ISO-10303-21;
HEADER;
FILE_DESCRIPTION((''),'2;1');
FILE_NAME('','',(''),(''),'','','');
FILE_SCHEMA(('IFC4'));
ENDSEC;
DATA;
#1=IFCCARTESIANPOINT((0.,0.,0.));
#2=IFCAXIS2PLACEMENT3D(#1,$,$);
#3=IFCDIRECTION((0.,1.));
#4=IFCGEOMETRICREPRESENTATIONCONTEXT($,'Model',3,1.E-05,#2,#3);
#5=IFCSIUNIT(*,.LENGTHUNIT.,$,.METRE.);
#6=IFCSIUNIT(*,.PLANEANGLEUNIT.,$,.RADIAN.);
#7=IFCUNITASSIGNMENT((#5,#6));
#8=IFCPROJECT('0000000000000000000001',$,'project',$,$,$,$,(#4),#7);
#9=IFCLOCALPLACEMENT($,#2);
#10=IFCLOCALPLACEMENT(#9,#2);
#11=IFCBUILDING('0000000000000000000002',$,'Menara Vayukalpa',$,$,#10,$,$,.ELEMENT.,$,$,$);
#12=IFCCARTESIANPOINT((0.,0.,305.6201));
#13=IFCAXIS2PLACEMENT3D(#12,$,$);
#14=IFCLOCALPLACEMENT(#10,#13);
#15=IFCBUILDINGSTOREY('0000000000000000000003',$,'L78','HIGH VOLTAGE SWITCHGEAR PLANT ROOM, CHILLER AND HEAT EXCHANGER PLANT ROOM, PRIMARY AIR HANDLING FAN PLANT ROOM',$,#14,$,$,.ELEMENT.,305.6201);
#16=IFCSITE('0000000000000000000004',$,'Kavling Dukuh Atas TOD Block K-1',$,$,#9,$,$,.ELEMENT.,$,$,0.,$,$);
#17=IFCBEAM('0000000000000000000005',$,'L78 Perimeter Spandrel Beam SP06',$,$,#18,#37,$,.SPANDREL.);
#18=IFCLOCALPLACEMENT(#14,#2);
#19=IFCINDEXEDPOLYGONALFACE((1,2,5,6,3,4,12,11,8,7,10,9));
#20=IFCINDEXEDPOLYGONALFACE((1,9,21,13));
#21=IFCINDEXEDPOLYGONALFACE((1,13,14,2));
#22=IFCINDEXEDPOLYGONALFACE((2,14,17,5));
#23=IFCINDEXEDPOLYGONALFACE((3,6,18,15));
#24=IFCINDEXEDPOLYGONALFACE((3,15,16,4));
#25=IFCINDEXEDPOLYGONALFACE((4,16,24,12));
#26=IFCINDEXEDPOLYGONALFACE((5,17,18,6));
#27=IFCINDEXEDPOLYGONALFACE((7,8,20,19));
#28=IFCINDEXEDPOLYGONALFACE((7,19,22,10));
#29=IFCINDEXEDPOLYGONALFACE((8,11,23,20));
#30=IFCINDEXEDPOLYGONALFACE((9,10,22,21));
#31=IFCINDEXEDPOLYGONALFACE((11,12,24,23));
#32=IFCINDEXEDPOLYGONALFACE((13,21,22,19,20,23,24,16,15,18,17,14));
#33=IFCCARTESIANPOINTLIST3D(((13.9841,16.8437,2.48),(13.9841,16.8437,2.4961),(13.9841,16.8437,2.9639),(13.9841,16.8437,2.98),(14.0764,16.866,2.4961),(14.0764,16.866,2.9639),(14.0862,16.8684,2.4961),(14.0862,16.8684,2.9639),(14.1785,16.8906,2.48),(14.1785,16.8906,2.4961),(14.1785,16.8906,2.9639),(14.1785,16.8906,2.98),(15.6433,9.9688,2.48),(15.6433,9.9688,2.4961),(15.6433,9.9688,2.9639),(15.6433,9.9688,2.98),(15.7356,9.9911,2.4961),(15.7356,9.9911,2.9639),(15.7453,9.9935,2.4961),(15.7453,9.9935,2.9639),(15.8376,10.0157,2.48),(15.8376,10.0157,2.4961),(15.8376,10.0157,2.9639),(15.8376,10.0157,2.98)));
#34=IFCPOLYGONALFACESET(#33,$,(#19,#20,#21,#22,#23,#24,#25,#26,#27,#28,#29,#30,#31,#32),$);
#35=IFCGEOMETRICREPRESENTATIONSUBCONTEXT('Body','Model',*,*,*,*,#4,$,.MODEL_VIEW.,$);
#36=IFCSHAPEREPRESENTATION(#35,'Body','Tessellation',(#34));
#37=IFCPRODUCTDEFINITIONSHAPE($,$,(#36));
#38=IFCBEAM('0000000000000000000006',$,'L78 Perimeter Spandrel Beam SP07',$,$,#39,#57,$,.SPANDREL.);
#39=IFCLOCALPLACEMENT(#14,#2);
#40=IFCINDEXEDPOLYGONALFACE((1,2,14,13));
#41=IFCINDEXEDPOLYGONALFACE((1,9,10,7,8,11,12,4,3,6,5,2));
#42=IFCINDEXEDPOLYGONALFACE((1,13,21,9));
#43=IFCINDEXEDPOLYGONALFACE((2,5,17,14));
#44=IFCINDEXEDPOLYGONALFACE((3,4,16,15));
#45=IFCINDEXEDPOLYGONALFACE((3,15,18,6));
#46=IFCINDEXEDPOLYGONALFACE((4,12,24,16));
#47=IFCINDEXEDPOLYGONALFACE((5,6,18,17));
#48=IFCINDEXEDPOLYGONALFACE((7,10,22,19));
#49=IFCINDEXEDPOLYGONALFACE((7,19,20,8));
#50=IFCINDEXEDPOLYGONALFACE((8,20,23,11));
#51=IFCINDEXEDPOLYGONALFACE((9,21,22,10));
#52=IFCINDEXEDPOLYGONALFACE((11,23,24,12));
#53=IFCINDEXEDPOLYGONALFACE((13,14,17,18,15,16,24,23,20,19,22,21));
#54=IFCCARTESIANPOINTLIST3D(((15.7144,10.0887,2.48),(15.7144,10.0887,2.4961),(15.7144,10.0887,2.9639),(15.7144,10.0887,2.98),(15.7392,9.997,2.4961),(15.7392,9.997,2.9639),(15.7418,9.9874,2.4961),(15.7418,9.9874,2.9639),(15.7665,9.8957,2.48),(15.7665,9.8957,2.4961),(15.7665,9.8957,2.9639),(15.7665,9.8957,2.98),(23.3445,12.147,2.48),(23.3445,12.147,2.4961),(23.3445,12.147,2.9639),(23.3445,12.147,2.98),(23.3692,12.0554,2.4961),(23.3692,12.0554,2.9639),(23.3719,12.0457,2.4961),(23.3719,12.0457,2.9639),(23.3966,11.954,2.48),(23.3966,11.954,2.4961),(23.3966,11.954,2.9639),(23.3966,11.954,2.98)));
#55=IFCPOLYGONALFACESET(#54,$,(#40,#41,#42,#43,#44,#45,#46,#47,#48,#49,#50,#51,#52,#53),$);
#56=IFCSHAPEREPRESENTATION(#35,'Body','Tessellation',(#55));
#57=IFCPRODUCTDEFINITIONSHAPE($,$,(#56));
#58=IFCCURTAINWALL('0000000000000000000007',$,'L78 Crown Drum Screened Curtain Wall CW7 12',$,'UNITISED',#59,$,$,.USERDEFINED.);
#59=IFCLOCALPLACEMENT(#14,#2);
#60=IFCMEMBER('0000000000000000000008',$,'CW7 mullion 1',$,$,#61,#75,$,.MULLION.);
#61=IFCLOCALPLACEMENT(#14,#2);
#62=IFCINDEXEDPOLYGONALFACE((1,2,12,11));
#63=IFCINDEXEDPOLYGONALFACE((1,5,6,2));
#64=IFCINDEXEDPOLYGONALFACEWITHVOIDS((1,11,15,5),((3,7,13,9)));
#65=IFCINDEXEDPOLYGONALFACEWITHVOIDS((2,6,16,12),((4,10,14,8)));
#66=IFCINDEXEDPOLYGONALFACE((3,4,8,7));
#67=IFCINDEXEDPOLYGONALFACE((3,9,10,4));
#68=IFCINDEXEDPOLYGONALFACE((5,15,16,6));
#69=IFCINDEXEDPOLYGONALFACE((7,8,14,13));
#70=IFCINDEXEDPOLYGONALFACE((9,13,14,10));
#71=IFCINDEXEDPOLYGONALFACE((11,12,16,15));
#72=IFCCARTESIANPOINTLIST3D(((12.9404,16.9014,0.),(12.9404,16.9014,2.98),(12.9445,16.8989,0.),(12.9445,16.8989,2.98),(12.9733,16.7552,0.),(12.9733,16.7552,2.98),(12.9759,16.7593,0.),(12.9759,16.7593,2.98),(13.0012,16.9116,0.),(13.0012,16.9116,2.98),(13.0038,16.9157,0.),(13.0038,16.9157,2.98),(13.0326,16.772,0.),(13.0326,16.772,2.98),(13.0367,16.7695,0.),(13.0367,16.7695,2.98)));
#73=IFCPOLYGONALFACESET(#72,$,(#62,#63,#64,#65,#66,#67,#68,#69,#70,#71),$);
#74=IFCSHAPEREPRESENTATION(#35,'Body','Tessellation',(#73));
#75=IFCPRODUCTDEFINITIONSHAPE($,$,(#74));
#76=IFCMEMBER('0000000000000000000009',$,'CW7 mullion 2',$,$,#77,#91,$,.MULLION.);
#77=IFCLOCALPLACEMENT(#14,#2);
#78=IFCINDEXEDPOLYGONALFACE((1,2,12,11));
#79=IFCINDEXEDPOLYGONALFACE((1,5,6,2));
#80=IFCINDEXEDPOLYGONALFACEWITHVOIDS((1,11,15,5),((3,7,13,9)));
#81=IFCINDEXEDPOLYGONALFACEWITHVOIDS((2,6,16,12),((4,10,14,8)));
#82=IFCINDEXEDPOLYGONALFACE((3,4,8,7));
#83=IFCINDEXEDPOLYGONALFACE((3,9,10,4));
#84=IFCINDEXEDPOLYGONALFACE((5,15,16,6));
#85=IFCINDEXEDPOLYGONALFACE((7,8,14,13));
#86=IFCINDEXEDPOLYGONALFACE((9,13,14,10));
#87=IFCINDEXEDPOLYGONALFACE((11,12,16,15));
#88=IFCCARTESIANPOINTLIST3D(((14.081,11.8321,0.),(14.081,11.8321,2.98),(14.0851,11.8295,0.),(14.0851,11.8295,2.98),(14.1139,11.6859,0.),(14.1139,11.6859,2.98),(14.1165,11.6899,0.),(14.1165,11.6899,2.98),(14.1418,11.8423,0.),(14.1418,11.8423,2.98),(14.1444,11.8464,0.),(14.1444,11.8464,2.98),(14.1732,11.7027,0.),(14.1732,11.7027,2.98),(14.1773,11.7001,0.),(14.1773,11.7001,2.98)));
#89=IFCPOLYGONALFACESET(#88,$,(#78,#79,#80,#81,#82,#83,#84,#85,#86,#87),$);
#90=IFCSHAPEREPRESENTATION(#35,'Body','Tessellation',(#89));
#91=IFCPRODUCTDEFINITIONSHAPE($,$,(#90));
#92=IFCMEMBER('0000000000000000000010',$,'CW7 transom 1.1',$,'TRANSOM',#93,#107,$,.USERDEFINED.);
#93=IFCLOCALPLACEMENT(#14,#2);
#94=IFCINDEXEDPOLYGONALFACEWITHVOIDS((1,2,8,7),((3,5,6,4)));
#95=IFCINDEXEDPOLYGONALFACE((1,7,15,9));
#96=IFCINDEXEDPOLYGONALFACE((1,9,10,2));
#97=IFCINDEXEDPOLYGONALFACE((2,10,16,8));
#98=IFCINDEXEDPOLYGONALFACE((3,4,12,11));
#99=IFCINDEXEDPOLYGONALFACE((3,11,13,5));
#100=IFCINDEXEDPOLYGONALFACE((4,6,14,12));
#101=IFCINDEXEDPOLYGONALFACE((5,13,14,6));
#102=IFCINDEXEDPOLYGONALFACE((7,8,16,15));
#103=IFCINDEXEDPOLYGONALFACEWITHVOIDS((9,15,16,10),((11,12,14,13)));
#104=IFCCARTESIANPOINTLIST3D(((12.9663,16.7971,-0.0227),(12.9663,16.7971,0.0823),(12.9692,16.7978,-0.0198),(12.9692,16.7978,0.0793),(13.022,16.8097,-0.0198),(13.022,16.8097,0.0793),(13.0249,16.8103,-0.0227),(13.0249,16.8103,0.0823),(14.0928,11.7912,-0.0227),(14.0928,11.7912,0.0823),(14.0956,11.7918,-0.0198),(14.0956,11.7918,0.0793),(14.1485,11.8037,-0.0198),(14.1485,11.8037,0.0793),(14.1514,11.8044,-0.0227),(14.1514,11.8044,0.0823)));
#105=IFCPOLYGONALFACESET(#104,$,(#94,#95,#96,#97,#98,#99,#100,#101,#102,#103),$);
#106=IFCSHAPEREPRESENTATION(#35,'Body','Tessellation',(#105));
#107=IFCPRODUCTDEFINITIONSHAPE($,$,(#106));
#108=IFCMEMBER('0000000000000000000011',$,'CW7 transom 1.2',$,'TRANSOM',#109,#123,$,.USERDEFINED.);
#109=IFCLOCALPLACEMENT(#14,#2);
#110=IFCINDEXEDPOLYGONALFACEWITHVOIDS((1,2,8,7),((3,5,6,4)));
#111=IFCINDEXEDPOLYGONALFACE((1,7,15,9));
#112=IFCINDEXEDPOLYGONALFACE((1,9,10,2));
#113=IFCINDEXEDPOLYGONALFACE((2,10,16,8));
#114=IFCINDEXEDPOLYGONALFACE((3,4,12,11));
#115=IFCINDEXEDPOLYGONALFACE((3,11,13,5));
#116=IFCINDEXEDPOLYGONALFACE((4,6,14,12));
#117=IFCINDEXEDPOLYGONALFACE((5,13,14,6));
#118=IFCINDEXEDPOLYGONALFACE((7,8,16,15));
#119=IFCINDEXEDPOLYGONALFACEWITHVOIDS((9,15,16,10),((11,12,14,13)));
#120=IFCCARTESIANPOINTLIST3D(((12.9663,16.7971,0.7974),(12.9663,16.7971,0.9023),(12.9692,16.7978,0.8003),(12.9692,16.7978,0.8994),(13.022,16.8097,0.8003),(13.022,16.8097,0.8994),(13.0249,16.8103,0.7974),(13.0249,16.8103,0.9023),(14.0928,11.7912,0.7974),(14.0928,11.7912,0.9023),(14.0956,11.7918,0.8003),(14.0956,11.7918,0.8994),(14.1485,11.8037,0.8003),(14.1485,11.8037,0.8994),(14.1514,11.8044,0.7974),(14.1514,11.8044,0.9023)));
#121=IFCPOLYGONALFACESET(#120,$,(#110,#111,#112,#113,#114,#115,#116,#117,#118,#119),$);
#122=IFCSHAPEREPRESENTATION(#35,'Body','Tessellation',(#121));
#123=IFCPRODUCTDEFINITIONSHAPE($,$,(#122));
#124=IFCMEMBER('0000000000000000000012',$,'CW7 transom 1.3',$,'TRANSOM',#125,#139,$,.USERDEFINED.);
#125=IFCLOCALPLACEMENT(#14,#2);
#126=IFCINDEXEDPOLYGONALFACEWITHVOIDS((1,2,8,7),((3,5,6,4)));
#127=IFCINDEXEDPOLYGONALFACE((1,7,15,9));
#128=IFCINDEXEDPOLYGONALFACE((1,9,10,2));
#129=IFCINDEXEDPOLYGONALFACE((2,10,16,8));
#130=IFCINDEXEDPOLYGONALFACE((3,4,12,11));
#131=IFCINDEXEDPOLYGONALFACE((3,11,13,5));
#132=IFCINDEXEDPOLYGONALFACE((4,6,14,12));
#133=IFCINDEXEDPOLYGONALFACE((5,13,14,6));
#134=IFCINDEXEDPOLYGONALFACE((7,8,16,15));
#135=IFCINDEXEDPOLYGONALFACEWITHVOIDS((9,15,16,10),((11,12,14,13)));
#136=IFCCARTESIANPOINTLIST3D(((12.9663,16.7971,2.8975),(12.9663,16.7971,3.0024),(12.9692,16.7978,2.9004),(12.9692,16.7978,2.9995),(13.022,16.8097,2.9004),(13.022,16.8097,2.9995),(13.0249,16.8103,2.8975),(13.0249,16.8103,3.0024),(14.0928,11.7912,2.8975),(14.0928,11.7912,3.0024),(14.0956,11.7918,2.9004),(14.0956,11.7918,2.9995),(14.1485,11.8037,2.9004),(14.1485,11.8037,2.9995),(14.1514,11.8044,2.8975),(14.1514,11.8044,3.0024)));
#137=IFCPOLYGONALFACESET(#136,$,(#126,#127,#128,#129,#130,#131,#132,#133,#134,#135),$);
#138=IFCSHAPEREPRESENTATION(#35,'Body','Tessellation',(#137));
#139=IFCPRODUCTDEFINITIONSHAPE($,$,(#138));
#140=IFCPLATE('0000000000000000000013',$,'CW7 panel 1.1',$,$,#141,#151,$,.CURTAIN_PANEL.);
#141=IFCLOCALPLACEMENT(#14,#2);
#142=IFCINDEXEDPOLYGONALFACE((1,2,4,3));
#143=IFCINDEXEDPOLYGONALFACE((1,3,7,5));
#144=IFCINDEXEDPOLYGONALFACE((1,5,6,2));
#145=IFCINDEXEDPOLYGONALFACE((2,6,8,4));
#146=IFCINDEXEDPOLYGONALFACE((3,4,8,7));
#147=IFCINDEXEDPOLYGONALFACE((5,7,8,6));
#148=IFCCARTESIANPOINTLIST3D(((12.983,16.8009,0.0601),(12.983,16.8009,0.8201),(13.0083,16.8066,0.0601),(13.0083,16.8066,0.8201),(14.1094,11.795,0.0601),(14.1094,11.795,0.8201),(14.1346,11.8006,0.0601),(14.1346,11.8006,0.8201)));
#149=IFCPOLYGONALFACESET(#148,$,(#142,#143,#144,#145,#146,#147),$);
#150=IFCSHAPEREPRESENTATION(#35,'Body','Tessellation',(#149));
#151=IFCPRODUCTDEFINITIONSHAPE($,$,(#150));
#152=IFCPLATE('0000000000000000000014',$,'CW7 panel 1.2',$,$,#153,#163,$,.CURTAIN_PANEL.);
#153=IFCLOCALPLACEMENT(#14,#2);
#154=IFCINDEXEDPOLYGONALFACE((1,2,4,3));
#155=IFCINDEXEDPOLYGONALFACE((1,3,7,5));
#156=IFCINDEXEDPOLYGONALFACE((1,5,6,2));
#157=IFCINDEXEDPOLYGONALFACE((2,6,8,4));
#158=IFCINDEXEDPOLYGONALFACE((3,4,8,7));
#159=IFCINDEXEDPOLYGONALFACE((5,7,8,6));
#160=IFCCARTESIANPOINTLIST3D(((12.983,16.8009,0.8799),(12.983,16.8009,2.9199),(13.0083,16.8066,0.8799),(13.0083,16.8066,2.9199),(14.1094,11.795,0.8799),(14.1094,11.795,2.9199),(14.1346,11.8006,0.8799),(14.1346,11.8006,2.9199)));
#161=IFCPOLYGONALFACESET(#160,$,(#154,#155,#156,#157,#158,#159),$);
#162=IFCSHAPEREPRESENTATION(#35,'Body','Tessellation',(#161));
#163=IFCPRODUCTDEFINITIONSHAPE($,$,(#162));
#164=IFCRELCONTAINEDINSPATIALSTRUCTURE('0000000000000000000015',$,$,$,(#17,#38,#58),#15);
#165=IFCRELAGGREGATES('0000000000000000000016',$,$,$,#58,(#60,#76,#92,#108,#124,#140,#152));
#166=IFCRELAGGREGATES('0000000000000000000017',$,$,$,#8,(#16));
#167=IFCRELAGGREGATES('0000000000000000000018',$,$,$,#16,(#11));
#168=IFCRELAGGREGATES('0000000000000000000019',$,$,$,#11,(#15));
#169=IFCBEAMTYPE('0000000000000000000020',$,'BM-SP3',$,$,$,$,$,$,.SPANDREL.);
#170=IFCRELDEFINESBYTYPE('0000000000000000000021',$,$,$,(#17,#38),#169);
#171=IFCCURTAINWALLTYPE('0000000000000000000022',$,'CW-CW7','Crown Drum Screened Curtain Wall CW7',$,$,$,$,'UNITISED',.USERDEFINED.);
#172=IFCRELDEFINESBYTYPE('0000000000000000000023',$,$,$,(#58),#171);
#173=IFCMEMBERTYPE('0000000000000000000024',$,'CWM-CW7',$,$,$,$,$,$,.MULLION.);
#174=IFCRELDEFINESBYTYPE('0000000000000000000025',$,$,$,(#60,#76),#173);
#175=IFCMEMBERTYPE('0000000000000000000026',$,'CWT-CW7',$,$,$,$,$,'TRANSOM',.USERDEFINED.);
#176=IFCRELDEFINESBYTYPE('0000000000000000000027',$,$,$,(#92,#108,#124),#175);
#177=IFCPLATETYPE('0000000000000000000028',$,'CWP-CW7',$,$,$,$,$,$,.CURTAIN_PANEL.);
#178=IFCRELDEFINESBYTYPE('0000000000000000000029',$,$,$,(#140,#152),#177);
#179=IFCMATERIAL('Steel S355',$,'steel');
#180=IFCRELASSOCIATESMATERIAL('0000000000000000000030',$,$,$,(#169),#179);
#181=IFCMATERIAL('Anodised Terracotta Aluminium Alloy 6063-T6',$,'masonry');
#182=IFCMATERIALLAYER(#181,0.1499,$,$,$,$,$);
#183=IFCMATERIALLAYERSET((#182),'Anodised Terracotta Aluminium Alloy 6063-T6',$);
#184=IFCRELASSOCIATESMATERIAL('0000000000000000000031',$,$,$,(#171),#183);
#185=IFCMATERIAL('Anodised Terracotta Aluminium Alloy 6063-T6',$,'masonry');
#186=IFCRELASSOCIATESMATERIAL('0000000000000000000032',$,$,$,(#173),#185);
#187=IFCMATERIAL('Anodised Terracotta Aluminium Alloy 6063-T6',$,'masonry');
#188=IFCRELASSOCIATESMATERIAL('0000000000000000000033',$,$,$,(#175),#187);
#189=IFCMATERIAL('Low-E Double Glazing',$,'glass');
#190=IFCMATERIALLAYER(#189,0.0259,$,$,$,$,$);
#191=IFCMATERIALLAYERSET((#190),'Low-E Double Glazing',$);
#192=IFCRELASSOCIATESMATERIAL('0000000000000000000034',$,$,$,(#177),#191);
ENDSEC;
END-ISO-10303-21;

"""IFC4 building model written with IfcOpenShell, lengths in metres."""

from ifc_helpers import new_model, si_unit, direction, frame, origin, origin_2d, place, context, subcontext, project, spatial, rectangle, hollow_rectangle, i_section, extrude, material, layer, layer_set, material_profile, profile_set, type_object, element, aggregate, save


model = new_model("IFC4")

# Units and contexts
model_context = context("Model", 3, precision=1e-05, world=origin(), true_north=direction((0.0, 1.0)))
body_context = subcontext(model_context, "Body", "Model", "MODEL_VIEW")
ifc_project = project(units=[si_unit("LENGTHUNIT", "METRE"), si_unit("PLANEANGLEUNIT", "RADIAN")], contexts=[model_context])

# Site, building, storey
site_placement = place(None, origin())
site = spatial("IfcSite", under=ifc_project, at=site_placement, Name="Kavling Dukuh Atas TOD Block K-1", CompositionType="ELEMENT", RefElevation=0.0)
building_placement = place(site_placement, origin())
building = spatial("IfcBuilding", under=site, at=building_placement, Name="Menara Vayukalpa", CompositionType="ELEMENT")
storey_placement = place(building_placement, frame((0.0, 0.0, 305.6201)))
storey = spatial("IfcBuildingStorey", under=building, at=storey_placement, Name="L78", Description="HIGH VOLTAGE SWITCHGEAR PLANT ROOM, CHILLER AND HEAT EXCHANGER PLANT ROOM, PRIMARY AIR HANDLING FAN PLANT ROOM", CompositionType="ELEMENT", Elevation=305.6201)

# Beams
ifc_material_1 = material(Name="Steel S355", Category="steel")
ifc_material_profile_1 = material_profile(ifc_material_1, i_section(OverallWidth=0.2, OverallDepth=0.5, WebThickness=0.01, FlangeThickness=0.0161, at=origin_2d()), Name="WF 500x200x10x16")
ifc_profile_set_1 = profile_set([ifc_material_profile_1], Name="Steel S355")
beam_type_1 = type_object("IfcBeamType", Name="BM-SP3", PredefinedType="SPANDREL", material=ifc_profile_set_1)
beam_1_placement = place(storey_placement, frame((14.0813, 16.8672, 2.73), z_axis=(0.2346, -0.972092, 0.0), x_axis=(0.972092, 0.2346, 0.0)))
element("IfcBeam", 1, at=beam_1_placement, inside=storey, type_object=beam_type_1, Name="L78 Perimeter Spandrel Beam SP06", PredefinedType="SPANDREL", context=body_context, shape_type="SweptSolid", body=[
    extrude(i_section(OverallWidth=0.2, OverallDepth=0.5, WebThickness=0.01, FlangeThickness=0.0161, at=origin_2d()), origin(), (0.0, 0.0, 1.0), 7.0723),
])
beam_2_placement = place(storey_placement, frame((15.7405, 9.9922, 2.73), z_axis=(0.965486, 0.260455, 0.0), x_axis=(-0.260455, 0.965486, 0.0)))
element("IfcBeam", 2, at=beam_2_placement, inside=storey, type_object=beam_type_1, Name="L78 Perimeter Spandrel Beam SP07", PredefinedType="SPANDREL", context=body_context, shape_type="SweptSolid", body=[
    extrude(i_section(OverallWidth=0.2, OverallDepth=0.5, WebThickness=0.01, FlangeThickness=0.0161, at=origin_2d()), origin(), (0.0, 0.0, 1.0), 7.9028),
])

# Curtain wall, members, plates
ifc_material_2 = material(Name="Anodised Terracotta Aluminium Alloy 6063-T6", Category="masonry")
ifc_layer_1 = layer(ifc_material_2, 0.1499)
ifc_layer_set_1 = layer_set([ifc_layer_1], Name="Anodised Terracotta Aluminium Alloy 6063-T6")
curtain_wall_type = type_object("IfcCurtainWallType", Name="CW-CW7", Description="Crown Drum Screened Curtain Wall CW7", ElementType="UNITISED", PredefinedType="USERDEFINED", material=ifc_layer_set_1)
curtain_wall_placement = place(storey_placement, origin())
curtain_wall = element("IfcCurtainWall", 3, at=curtain_wall_placement, inside=storey, type_object=curtain_wall_type, Name="L78 Crown Drum Screened Curtain Wall CW7 12", ObjectType="UNITISED", PredefinedType="USERDEFINED")
ifc_material_3 = material(Name="Anodised Terracotta Aluminium Alloy 6063-T6", Category="masonry")
ifc_material_profile_2 = material_profile(ifc_material_3, hollow_rectangle(XDim=0.0649, YDim=0.1499, WallThickness=0.0034, at=origin_2d()), Name="ALU 65x150x3.5")
ifc_profile_set_2 = profile_set([ifc_material_profile_2], Name="Anodised Terracotta Aluminium Alloy 6063-T6")
member_type_1 = type_object("IfcMemberType", Name="CWM-CW7", PredefinedType="MULLION", material=ifc_profile_set_2)
member_1_placement = place(storey_placement, frame((12.9885, 16.8354, 0.0), z_axis=(0.0, 0.0, 1.0), x_axis=(0.975609, 0.219516, 0.0)))
member_1 = element("IfcMember", 4, at=member_1_placement, type_object=member_type_1, Name="CW7 mullion 1", PredefinedType="MULLION", context=body_context, shape_type="SweptSolid", body=[
    extrude(hollow_rectangle(XDim=0.0649, YDim=0.1499, WallThickness=0.0034, at=origin_2d()), origin(), (0.0, 0.0, 1.0), 2.98),
])
member_2_placement = place(storey_placement, frame((14.1292, 11.7661, 0.0), z_axis=(0.0, 0.0, 1.0), x_axis=(0.975609, 0.219516, 0.0)))
member_2 = element("IfcMember", 5, at=member_2_placement, type_object=member_type_1, Name="CW7 mullion 2", PredefinedType="MULLION", context=body_context, shape_type="SweptSolid", body=[
    extrude(hollow_rectangle(XDim=0.0649, YDim=0.1499, WallThickness=0.0034, at=origin_2d()), origin(), (0.0, 0.0, 1.0), 2.98),
])
ifc_material_4 = material(Name="Anodised Terracotta Aluminium Alloy 6063-T6", Category="masonry")
ifc_material_profile_3 = material_profile(ifc_material_4, hollow_rectangle(XDim=0.0601, YDim=0.105, WallThickness=0.0029, at=origin_2d()), Name="ALU 60x105x3")
ifc_profile_set_3 = profile_set([ifc_material_profile_3], Name="Anodised Terracotta Aluminium Alloy 6063-T6")
member_type_2 = type_object("IfcMemberType", Name="CWT-CW7", ElementType="TRANSOM", PredefinedType="USERDEFINED", material=ifc_profile_set_3)
member_3_placement = place(storey_placement, frame((12.9956, 16.8037, 0.0298), z_axis=(0.219539, -0.975604, 0.0), x_axis=(0.975604, 0.219539, 0.0)))
member_3 = element("IfcMember", 6, at=member_3_placement, type_object=member_type_2, Name="CW7 transom 1.1", ObjectType="TRANSOM", PredefinedType="USERDEFINED", context=body_context, shape_type="SweptSolid", body=[
    extrude(hollow_rectangle(XDim=0.0601, YDim=0.105, WallThickness=0.0029, at=origin_2d()), origin(), (0.0, 0.0, 1.0), 5.1311),
])
member_4_placement = place(storey_placement, frame((12.9956, 16.8037, 0.8499), z_axis=(0.219539, -0.975604, 0.0), x_axis=(0.975604, 0.219539, 0.0)))
member_4 = element("IfcMember", 7, at=member_4_placement, type_object=member_type_2, Name="CW7 transom 1.2", ObjectType="TRANSOM", PredefinedType="USERDEFINED", context=body_context, shape_type="SweptSolid", body=[
    extrude(hollow_rectangle(XDim=0.0601, YDim=0.105, WallThickness=0.0029, at=origin_2d()), origin(), (0.0, 0.0, 1.0), 5.1311),
])
member_5_placement = place(storey_placement, frame((12.9956, 16.8037, 2.95), z_axis=(0.219539, -0.975604, 0.0), x_axis=(0.975604, 0.219539, 0.0)))
member_5 = element("IfcMember", 8, at=member_5_placement, type_object=member_type_2, Name="CW7 transom 1.3", ObjectType="TRANSOM", PredefinedType="USERDEFINED", context=body_context, shape_type="SweptSolid", body=[
    extrude(hollow_rectangle(XDim=0.0601, YDim=0.105, WallThickness=0.0029, at=origin_2d()), origin(), (0.0, 0.0, 1.0), 5.1311),
])
ifc_material_5 = material(Name="Low-E Double Glazing", Category="glass")
ifc_layer_2 = layer(ifc_material_5, 0.0259)
ifc_layer_set_2 = layer_set([ifc_layer_2], Name="Low-E Double Glazing")
plate_type = type_object("IfcPlateType", Name="CWP-CW7", PredefinedType="CURTAIN_PANEL", material=ifc_layer_set_2)
plate_1_placement = place(storey_placement, frame((13.5588, 14.3008, 0.0601), z_axis=(0.0, 0.0, 1.0), x_axis=(0.219516, -0.975609, 0.0)))
plate_1 = element("IfcPlate", 9, at=plate_1_placement, type_object=plate_type, Name="CW7 panel 1.1", PredefinedType="CURTAIN_PANEL", context=body_context, shape_type="SweptSolid", body=[
    extrude(rectangle(XDim=5.1311, YDim=0.0259, at=origin_2d()), origin(), (0.0, 0.0, 1.0), 0.76),
])
plate_2_placement = place(storey_placement, frame((13.5588, 14.3008, 0.8799), z_axis=(0.0, 0.0, 1.0), x_axis=(0.219516, -0.975609, 0.0)))
plate_2 = element("IfcPlate", 10, at=plate_2_placement, type_object=plate_type, Name="CW7 panel 1.2", PredefinedType="CURTAIN_PANEL", context=body_context, shape_type="SweptSolid", body=[
    extrude(rectangle(XDim=5.1311, YDim=0.0259, at=origin_2d()), origin(), (0.0, 0.0, 1.0), 2.04),
])
aggregate(curtain_wall, [member_1, member_2, member_3, member_4, member_5, plate_1, plate_2])

save(model, "model.ifc")
